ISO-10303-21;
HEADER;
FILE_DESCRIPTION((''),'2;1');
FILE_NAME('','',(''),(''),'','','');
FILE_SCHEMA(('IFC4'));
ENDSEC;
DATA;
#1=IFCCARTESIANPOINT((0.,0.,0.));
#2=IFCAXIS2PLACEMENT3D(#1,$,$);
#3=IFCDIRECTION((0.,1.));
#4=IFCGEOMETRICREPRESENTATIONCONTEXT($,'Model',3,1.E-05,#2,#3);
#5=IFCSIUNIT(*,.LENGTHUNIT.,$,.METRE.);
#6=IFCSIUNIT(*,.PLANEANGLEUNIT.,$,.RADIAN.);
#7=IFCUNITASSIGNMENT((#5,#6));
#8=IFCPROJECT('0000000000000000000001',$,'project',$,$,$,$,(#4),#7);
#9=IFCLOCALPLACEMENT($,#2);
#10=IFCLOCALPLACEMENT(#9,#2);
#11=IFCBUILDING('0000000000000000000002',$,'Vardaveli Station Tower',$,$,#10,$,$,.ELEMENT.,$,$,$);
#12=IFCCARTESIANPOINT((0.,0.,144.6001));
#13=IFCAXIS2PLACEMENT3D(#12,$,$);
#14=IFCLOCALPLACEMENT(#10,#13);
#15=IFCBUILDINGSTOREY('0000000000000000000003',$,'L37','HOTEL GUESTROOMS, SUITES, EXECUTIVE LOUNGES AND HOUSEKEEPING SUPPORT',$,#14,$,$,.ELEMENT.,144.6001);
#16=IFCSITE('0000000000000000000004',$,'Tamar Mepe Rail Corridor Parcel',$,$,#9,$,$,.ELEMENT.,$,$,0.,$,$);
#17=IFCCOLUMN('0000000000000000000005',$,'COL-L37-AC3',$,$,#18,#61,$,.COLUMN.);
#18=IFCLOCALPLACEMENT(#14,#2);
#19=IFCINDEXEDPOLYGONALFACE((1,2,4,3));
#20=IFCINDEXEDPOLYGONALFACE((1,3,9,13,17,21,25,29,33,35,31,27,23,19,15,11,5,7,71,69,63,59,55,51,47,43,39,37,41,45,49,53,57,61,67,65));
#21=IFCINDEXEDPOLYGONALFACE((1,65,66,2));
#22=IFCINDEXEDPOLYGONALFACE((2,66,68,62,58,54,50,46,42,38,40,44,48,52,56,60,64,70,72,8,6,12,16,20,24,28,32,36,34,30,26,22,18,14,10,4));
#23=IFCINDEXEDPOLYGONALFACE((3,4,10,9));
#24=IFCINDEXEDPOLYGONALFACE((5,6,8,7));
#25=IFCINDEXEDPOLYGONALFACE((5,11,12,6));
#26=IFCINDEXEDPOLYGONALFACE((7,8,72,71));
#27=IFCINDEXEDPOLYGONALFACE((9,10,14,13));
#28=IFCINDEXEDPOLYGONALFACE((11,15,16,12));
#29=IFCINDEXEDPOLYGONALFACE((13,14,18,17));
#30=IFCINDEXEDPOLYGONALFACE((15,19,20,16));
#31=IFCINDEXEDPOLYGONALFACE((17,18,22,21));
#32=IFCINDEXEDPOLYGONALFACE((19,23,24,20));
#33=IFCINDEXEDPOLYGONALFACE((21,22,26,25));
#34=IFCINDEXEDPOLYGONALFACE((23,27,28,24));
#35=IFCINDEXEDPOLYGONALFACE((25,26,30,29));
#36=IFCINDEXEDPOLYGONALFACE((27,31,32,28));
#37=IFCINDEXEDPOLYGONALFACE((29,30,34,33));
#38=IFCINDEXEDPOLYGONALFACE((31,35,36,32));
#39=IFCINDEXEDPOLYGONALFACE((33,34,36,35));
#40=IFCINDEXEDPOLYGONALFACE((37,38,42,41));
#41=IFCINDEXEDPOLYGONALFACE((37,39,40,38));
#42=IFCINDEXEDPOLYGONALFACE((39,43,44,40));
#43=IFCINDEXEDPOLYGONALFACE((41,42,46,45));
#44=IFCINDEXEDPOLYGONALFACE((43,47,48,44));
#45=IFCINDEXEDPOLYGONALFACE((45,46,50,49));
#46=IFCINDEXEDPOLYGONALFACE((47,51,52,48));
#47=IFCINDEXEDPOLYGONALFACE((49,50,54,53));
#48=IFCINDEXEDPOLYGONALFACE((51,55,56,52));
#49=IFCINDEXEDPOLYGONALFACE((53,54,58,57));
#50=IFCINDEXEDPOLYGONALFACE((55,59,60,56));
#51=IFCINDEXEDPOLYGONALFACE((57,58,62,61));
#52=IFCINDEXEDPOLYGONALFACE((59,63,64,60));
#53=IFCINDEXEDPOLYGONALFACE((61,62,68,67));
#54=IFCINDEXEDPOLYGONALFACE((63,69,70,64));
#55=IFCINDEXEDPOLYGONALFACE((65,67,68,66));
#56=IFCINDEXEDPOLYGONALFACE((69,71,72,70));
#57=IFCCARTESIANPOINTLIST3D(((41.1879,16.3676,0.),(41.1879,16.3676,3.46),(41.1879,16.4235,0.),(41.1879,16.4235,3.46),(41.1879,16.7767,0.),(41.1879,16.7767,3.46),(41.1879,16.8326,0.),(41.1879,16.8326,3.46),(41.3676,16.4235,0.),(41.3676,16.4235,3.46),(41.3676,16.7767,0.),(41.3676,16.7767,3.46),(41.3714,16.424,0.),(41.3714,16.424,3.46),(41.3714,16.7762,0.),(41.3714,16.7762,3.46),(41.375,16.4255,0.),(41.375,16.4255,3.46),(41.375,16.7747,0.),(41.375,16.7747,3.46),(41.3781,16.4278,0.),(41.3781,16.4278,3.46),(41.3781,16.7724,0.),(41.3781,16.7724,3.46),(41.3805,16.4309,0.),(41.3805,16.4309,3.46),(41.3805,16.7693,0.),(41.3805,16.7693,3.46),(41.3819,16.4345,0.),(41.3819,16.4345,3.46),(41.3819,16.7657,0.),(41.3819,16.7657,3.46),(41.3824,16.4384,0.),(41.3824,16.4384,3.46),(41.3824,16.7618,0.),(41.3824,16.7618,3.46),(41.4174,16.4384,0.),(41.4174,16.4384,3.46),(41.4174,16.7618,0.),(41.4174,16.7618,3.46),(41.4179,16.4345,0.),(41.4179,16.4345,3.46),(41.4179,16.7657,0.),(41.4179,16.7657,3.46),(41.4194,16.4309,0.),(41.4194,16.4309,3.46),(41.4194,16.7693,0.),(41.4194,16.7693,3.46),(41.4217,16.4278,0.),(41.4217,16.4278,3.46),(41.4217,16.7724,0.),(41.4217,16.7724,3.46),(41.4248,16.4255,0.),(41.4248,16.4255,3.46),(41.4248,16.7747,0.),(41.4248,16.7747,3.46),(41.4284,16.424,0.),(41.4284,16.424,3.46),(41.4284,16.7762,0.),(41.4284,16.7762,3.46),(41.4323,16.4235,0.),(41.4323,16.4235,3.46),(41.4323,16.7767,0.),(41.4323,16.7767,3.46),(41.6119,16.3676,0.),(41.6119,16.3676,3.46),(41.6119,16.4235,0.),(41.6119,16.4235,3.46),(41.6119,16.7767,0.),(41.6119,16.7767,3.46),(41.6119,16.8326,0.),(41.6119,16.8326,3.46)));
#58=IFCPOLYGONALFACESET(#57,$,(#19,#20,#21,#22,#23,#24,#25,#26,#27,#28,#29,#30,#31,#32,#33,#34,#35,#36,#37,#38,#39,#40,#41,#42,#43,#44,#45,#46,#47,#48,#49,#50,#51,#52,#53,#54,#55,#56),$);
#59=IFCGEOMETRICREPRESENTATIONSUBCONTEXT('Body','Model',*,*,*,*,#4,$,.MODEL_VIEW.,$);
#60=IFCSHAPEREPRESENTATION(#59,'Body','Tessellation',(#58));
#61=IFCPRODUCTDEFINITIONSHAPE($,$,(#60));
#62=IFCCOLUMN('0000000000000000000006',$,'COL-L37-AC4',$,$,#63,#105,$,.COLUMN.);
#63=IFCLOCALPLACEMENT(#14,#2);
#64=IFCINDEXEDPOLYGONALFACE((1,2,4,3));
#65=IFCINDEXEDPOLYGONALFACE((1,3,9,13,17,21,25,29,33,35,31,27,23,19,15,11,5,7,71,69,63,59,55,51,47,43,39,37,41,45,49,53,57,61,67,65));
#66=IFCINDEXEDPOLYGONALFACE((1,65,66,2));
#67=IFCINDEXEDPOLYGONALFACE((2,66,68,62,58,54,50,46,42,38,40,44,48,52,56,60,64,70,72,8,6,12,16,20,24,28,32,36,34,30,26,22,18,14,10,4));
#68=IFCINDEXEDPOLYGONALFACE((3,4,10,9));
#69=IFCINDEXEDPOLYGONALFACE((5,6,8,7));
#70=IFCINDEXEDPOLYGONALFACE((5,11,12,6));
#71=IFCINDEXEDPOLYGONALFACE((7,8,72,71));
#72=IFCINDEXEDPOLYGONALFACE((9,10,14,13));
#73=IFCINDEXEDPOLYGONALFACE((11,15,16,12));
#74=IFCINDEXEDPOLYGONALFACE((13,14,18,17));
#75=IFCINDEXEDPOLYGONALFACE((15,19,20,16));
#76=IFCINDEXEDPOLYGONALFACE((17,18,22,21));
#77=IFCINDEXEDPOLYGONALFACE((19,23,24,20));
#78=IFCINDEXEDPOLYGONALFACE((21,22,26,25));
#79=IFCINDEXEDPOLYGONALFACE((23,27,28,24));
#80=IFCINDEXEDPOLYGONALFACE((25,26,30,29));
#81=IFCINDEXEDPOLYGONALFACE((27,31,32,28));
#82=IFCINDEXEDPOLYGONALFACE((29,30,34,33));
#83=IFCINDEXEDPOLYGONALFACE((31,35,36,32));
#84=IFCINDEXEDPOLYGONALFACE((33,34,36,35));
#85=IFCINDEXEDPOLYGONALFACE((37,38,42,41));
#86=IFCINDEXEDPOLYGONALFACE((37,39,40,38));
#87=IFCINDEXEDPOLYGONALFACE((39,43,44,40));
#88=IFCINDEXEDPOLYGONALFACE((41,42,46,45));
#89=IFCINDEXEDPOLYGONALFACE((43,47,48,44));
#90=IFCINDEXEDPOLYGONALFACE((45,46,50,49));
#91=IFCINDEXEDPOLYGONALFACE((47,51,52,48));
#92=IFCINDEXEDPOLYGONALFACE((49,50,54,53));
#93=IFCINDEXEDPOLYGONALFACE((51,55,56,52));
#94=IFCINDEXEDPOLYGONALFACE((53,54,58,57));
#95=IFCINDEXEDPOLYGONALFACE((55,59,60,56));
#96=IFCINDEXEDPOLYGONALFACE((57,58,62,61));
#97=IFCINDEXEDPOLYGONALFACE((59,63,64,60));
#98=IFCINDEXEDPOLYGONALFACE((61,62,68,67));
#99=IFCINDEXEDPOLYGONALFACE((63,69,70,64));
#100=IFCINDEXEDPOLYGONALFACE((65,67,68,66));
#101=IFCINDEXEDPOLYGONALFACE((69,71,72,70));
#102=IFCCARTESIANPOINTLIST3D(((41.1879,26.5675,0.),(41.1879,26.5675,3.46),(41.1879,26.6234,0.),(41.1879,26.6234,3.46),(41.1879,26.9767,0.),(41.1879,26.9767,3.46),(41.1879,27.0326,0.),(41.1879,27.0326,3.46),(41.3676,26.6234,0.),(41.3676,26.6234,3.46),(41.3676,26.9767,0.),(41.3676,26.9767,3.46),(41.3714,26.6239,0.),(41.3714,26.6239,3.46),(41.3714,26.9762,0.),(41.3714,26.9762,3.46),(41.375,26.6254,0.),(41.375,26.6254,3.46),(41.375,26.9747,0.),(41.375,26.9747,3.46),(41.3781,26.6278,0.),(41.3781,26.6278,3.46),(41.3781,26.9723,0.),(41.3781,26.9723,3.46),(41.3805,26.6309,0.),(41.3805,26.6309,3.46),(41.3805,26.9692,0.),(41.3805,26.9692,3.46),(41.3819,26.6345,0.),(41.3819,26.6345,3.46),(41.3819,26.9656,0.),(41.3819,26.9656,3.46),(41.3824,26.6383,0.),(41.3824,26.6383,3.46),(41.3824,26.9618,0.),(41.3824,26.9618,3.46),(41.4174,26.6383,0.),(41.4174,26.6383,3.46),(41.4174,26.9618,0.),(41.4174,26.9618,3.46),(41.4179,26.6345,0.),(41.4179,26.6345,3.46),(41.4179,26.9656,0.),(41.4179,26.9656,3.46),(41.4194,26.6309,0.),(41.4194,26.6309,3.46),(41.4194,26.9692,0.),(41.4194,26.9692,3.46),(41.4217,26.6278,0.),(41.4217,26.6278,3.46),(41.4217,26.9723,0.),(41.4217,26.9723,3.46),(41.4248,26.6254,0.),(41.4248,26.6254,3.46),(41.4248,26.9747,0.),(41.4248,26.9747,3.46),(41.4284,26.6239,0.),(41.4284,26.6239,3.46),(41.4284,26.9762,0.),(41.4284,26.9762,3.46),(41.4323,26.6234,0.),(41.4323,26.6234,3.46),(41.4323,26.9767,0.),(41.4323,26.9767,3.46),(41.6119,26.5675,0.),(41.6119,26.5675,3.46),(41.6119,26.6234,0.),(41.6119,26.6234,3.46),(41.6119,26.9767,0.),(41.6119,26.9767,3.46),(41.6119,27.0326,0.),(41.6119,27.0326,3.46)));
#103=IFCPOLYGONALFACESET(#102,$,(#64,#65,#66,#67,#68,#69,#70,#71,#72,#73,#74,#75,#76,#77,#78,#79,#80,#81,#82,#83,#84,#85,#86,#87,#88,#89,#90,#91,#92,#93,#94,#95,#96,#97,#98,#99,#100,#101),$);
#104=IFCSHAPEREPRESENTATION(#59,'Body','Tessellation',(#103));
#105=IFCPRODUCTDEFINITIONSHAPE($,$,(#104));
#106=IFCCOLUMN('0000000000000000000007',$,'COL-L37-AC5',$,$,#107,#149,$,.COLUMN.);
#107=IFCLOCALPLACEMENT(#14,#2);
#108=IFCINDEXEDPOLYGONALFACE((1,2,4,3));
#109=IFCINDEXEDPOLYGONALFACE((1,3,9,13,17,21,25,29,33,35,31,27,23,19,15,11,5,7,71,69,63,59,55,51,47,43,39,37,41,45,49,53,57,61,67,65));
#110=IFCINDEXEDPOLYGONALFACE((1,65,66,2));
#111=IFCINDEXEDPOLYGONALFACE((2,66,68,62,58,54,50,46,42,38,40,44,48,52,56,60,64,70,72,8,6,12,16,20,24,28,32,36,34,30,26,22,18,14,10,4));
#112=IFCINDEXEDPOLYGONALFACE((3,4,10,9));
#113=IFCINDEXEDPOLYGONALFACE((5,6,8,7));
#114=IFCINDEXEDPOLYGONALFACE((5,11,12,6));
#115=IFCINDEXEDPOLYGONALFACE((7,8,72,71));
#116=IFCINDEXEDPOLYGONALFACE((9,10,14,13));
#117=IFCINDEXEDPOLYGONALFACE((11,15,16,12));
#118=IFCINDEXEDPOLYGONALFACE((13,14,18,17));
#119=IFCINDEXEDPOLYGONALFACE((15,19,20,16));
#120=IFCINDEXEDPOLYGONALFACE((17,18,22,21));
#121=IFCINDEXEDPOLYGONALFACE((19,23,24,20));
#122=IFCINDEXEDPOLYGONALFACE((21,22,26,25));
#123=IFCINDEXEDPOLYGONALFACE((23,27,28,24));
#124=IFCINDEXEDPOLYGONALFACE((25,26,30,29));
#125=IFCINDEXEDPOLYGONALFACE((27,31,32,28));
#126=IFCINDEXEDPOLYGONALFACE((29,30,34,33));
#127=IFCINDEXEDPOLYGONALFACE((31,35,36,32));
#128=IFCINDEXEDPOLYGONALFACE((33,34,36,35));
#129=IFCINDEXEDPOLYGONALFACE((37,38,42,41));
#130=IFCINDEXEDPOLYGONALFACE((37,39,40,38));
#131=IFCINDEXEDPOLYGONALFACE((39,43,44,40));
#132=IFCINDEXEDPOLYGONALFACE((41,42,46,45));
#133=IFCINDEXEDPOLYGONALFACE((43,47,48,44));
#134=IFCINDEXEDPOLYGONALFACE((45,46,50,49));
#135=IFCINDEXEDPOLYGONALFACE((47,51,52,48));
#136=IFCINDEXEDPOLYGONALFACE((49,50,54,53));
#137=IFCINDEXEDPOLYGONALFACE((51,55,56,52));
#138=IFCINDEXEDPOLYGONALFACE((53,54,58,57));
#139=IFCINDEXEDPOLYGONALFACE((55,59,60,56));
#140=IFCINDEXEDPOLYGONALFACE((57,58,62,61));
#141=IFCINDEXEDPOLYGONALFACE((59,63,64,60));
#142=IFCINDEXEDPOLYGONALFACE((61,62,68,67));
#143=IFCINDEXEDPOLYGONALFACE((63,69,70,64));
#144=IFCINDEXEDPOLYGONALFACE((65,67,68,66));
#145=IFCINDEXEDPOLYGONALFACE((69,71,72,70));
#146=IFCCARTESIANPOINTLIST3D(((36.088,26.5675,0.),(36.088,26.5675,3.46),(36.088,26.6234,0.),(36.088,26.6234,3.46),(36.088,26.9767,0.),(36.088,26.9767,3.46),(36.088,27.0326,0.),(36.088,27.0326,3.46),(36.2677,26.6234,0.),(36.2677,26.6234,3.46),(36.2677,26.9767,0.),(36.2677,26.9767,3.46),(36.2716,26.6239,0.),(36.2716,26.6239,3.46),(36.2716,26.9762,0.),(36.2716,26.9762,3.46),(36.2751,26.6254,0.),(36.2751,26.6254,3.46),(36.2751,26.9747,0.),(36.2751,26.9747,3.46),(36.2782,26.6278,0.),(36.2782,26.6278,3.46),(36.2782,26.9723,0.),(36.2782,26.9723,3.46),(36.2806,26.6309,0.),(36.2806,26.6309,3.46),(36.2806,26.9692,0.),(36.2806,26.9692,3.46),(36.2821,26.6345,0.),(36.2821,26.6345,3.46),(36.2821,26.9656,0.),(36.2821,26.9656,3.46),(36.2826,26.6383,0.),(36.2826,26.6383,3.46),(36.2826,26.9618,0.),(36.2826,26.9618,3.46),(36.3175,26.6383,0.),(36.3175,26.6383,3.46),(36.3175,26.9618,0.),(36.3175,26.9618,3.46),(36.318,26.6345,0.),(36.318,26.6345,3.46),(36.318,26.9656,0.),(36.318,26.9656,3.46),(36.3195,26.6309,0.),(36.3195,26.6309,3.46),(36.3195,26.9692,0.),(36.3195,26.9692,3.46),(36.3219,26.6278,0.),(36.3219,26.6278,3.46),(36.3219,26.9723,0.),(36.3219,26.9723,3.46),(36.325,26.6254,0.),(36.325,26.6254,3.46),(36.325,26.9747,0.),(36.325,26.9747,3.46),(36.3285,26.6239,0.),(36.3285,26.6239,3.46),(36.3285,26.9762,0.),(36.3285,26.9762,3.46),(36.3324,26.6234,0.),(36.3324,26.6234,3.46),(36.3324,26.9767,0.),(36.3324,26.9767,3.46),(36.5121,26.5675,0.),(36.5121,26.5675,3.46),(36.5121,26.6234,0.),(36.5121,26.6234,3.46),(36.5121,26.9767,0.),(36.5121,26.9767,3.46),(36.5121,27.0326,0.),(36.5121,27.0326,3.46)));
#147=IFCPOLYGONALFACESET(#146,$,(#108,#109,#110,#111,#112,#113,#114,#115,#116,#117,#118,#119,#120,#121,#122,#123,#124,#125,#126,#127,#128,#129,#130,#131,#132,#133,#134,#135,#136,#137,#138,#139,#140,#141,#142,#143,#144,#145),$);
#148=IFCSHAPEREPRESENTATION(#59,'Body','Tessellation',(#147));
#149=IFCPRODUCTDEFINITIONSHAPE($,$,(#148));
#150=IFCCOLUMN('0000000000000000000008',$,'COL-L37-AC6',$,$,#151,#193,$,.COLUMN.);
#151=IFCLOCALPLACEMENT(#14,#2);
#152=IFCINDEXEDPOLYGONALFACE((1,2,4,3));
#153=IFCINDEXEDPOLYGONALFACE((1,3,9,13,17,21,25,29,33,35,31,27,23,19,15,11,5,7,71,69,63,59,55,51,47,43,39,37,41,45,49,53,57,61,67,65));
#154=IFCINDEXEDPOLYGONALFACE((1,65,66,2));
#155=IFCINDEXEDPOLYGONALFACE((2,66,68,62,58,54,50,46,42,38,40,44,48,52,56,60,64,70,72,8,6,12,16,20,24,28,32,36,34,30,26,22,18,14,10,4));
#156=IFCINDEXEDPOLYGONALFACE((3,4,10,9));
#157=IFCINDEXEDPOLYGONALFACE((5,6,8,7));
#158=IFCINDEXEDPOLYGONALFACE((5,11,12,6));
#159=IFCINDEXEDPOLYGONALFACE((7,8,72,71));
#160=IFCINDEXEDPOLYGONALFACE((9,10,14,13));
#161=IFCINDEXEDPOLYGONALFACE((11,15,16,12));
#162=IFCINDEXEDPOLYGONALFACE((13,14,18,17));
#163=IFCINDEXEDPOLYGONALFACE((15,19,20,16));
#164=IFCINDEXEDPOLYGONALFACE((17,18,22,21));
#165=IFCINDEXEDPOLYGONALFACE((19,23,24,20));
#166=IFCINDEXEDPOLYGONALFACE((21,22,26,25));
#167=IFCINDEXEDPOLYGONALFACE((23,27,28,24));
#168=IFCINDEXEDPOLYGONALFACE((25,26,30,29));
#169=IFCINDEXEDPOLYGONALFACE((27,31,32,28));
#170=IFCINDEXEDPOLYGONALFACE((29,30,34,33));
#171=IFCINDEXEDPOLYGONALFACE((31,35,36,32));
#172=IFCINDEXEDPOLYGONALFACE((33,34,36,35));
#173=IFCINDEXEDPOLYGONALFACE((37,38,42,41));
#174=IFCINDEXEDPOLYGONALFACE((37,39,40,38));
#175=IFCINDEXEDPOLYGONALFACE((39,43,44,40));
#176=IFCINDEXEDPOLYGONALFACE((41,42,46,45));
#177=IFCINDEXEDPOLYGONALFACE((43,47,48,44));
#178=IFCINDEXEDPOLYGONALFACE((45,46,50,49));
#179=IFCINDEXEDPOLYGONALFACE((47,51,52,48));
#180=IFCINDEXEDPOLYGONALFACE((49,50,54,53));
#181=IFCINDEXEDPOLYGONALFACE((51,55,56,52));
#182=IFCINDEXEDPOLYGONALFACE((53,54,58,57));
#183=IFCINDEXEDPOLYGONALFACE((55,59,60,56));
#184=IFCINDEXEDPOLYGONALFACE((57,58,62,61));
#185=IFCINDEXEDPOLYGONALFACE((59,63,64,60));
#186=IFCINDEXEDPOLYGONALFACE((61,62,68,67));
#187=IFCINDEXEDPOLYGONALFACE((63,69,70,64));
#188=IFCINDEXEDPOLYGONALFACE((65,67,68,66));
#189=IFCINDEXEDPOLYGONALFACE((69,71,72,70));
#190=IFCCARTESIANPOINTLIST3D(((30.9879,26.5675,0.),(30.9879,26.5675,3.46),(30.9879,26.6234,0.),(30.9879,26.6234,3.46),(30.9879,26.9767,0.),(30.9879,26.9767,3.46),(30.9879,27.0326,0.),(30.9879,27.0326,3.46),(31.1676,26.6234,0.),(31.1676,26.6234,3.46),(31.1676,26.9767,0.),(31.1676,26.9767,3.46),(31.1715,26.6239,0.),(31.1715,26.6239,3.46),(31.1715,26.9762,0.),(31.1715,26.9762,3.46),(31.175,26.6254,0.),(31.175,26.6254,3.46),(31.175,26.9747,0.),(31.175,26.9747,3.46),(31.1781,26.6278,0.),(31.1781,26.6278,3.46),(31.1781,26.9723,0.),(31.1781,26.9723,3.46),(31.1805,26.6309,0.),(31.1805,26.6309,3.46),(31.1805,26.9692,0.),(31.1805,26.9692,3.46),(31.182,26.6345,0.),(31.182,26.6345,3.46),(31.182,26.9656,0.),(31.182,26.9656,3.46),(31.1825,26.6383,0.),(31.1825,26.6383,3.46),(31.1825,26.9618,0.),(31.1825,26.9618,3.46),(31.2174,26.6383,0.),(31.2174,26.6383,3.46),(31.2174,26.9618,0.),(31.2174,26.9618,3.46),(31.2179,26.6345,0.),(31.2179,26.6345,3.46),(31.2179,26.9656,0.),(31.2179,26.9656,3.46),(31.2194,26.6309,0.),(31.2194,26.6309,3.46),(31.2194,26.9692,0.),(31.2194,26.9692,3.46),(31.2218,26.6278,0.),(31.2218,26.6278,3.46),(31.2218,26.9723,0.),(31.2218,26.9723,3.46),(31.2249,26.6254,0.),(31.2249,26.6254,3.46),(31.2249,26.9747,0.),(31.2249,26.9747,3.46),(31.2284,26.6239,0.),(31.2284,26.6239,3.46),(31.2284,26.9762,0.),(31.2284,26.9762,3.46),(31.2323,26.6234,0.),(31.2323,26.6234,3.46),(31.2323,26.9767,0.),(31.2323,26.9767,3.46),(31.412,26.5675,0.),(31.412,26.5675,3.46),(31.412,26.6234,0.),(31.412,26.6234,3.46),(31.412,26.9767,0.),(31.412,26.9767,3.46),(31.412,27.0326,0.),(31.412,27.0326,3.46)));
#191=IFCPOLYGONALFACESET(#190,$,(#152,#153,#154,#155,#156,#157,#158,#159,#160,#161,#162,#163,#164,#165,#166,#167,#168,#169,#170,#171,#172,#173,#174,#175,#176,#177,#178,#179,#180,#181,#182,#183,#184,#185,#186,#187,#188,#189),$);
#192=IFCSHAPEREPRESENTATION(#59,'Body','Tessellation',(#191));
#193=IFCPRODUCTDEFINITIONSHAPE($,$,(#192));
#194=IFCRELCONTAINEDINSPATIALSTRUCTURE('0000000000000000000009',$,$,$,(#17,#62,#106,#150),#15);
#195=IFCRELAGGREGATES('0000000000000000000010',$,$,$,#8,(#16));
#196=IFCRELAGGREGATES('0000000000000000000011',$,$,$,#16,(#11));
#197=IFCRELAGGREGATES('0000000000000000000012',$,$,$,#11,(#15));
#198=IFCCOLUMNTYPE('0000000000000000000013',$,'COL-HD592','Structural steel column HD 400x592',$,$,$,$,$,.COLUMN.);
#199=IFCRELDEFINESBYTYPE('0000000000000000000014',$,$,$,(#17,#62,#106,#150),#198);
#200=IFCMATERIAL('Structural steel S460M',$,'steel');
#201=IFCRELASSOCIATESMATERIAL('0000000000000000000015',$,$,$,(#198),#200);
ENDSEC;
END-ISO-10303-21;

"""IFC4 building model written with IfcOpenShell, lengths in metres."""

from ifc_helpers import new_model, si_unit, direction, frame, origin, origin_2d, place, context, subcontext, project, spatial, i_section, extrude, source, transform, mapped, material, material_profile, profile_set, type_object, element, save


model = new_model("IFC4")

# Units and contexts
model_context = context("Model", 3, precision=1e-05, world=origin(), true_north=direction((0.0, 1.0)))
body_context = subcontext(model_context, "Body", "Model", "MODEL_VIEW")
ifc_project = project(units=[si_unit("LENGTHUNIT", "METRE"), si_unit("PLANEANGLEUNIT", "RADIAN")], contexts=[model_context])

# Site, building, storey
site_placement = place(None, origin())
site = spatial("IfcSite", under=ifc_project, at=site_placement, Name="Tamar Mepe Rail Corridor Parcel", CompositionType="ELEMENT", RefElevation=0.0)
building_placement = place(site_placement, origin())
building = spatial("IfcBuilding", under=site, at=building_placement, Name="Vardaveli Station Tower", CompositionType="ELEMENT")
storey_placement = place(building_placement, frame((0.0, 0.0, 144.6001)))
storey = spatial("IfcBuildingStorey", under=building, at=storey_placement, Name="L37", Description="HOTEL GUESTROOMS, SUITES, EXECUTIVE LOUNGES AND HOUSEKEEPING SUPPORT", CompositionType="ELEMENT", Elevation=144.6001)

# Columns
ifc_material_1 = material(Name="Structural steel S460M", Category="steel")
ifc_material_profile_1 = material_profile(ifc_material_1, i_section(OverallWidth=0.4241, OverallDepth=0.4651, WebThickness=0.0349, FlangeThickness=0.0559, FilletRadius=0.0149, at=origin_2d()), Name="HD 400x592")
ifc_profile_set_1 = profile_set([ifc_material_profile_1], Name="Structural steel S460M")
column_type = type_object("IfcColumnType", Name="COL-HD592", Description="Structural steel column HD 400x592", PredefinedType="COLUMN", material=ifc_profile_set_1)
shared_shape_1 = source(origin(), body_context, "Body", "SweptSolid", [
    extrude(i_section(OverallWidth=0.4241, OverallDepth=0.4651, WebThickness=0.0349, FlangeThickness=0.0559, FilletRadius=0.0149, at=origin_2d()), origin(), (0.0, 0.0, 1.0), 3.46),
])
for number, where, z_axis, x_axis, name in (
    (1, (41.3999, 16.6001, 0.0), (0.0, 0.0, 1.0), (1.0, 0.0, 0.0), "COL-L37-AC3"),
    (2, (41.3999, 26.8, 0.0), (0.0, 0.0, 1.0), (1.0, 0.0, 0.0), "COL-L37-AC4"),
    (3, (36.3, 26.8, 0.0), (0.0, 0.0, 1.0), (1.0, 0.0, 0.0), "COL-L37-AC5"),
    (4, (31.2, 26.8, 0.0), (0.0, 0.0, 1.0), (1.0, 0.0, 0.0), "COL-L37-AC6"),
):
    element("IfcColumn", number, at=place(storey_placement, frame(where, z_axis=z_axis, x_axis=x_axis)), inside=storey, type_object=column_type, Name=name, PredefinedType="COLUMN", context=body_context, shape_type="MappedRepresentation", body=[
        mapped(shared_shape_1, transform((0.0, 0.0, 0.0), scale=1.0)),
    ])

save(model, "model.ifc")
